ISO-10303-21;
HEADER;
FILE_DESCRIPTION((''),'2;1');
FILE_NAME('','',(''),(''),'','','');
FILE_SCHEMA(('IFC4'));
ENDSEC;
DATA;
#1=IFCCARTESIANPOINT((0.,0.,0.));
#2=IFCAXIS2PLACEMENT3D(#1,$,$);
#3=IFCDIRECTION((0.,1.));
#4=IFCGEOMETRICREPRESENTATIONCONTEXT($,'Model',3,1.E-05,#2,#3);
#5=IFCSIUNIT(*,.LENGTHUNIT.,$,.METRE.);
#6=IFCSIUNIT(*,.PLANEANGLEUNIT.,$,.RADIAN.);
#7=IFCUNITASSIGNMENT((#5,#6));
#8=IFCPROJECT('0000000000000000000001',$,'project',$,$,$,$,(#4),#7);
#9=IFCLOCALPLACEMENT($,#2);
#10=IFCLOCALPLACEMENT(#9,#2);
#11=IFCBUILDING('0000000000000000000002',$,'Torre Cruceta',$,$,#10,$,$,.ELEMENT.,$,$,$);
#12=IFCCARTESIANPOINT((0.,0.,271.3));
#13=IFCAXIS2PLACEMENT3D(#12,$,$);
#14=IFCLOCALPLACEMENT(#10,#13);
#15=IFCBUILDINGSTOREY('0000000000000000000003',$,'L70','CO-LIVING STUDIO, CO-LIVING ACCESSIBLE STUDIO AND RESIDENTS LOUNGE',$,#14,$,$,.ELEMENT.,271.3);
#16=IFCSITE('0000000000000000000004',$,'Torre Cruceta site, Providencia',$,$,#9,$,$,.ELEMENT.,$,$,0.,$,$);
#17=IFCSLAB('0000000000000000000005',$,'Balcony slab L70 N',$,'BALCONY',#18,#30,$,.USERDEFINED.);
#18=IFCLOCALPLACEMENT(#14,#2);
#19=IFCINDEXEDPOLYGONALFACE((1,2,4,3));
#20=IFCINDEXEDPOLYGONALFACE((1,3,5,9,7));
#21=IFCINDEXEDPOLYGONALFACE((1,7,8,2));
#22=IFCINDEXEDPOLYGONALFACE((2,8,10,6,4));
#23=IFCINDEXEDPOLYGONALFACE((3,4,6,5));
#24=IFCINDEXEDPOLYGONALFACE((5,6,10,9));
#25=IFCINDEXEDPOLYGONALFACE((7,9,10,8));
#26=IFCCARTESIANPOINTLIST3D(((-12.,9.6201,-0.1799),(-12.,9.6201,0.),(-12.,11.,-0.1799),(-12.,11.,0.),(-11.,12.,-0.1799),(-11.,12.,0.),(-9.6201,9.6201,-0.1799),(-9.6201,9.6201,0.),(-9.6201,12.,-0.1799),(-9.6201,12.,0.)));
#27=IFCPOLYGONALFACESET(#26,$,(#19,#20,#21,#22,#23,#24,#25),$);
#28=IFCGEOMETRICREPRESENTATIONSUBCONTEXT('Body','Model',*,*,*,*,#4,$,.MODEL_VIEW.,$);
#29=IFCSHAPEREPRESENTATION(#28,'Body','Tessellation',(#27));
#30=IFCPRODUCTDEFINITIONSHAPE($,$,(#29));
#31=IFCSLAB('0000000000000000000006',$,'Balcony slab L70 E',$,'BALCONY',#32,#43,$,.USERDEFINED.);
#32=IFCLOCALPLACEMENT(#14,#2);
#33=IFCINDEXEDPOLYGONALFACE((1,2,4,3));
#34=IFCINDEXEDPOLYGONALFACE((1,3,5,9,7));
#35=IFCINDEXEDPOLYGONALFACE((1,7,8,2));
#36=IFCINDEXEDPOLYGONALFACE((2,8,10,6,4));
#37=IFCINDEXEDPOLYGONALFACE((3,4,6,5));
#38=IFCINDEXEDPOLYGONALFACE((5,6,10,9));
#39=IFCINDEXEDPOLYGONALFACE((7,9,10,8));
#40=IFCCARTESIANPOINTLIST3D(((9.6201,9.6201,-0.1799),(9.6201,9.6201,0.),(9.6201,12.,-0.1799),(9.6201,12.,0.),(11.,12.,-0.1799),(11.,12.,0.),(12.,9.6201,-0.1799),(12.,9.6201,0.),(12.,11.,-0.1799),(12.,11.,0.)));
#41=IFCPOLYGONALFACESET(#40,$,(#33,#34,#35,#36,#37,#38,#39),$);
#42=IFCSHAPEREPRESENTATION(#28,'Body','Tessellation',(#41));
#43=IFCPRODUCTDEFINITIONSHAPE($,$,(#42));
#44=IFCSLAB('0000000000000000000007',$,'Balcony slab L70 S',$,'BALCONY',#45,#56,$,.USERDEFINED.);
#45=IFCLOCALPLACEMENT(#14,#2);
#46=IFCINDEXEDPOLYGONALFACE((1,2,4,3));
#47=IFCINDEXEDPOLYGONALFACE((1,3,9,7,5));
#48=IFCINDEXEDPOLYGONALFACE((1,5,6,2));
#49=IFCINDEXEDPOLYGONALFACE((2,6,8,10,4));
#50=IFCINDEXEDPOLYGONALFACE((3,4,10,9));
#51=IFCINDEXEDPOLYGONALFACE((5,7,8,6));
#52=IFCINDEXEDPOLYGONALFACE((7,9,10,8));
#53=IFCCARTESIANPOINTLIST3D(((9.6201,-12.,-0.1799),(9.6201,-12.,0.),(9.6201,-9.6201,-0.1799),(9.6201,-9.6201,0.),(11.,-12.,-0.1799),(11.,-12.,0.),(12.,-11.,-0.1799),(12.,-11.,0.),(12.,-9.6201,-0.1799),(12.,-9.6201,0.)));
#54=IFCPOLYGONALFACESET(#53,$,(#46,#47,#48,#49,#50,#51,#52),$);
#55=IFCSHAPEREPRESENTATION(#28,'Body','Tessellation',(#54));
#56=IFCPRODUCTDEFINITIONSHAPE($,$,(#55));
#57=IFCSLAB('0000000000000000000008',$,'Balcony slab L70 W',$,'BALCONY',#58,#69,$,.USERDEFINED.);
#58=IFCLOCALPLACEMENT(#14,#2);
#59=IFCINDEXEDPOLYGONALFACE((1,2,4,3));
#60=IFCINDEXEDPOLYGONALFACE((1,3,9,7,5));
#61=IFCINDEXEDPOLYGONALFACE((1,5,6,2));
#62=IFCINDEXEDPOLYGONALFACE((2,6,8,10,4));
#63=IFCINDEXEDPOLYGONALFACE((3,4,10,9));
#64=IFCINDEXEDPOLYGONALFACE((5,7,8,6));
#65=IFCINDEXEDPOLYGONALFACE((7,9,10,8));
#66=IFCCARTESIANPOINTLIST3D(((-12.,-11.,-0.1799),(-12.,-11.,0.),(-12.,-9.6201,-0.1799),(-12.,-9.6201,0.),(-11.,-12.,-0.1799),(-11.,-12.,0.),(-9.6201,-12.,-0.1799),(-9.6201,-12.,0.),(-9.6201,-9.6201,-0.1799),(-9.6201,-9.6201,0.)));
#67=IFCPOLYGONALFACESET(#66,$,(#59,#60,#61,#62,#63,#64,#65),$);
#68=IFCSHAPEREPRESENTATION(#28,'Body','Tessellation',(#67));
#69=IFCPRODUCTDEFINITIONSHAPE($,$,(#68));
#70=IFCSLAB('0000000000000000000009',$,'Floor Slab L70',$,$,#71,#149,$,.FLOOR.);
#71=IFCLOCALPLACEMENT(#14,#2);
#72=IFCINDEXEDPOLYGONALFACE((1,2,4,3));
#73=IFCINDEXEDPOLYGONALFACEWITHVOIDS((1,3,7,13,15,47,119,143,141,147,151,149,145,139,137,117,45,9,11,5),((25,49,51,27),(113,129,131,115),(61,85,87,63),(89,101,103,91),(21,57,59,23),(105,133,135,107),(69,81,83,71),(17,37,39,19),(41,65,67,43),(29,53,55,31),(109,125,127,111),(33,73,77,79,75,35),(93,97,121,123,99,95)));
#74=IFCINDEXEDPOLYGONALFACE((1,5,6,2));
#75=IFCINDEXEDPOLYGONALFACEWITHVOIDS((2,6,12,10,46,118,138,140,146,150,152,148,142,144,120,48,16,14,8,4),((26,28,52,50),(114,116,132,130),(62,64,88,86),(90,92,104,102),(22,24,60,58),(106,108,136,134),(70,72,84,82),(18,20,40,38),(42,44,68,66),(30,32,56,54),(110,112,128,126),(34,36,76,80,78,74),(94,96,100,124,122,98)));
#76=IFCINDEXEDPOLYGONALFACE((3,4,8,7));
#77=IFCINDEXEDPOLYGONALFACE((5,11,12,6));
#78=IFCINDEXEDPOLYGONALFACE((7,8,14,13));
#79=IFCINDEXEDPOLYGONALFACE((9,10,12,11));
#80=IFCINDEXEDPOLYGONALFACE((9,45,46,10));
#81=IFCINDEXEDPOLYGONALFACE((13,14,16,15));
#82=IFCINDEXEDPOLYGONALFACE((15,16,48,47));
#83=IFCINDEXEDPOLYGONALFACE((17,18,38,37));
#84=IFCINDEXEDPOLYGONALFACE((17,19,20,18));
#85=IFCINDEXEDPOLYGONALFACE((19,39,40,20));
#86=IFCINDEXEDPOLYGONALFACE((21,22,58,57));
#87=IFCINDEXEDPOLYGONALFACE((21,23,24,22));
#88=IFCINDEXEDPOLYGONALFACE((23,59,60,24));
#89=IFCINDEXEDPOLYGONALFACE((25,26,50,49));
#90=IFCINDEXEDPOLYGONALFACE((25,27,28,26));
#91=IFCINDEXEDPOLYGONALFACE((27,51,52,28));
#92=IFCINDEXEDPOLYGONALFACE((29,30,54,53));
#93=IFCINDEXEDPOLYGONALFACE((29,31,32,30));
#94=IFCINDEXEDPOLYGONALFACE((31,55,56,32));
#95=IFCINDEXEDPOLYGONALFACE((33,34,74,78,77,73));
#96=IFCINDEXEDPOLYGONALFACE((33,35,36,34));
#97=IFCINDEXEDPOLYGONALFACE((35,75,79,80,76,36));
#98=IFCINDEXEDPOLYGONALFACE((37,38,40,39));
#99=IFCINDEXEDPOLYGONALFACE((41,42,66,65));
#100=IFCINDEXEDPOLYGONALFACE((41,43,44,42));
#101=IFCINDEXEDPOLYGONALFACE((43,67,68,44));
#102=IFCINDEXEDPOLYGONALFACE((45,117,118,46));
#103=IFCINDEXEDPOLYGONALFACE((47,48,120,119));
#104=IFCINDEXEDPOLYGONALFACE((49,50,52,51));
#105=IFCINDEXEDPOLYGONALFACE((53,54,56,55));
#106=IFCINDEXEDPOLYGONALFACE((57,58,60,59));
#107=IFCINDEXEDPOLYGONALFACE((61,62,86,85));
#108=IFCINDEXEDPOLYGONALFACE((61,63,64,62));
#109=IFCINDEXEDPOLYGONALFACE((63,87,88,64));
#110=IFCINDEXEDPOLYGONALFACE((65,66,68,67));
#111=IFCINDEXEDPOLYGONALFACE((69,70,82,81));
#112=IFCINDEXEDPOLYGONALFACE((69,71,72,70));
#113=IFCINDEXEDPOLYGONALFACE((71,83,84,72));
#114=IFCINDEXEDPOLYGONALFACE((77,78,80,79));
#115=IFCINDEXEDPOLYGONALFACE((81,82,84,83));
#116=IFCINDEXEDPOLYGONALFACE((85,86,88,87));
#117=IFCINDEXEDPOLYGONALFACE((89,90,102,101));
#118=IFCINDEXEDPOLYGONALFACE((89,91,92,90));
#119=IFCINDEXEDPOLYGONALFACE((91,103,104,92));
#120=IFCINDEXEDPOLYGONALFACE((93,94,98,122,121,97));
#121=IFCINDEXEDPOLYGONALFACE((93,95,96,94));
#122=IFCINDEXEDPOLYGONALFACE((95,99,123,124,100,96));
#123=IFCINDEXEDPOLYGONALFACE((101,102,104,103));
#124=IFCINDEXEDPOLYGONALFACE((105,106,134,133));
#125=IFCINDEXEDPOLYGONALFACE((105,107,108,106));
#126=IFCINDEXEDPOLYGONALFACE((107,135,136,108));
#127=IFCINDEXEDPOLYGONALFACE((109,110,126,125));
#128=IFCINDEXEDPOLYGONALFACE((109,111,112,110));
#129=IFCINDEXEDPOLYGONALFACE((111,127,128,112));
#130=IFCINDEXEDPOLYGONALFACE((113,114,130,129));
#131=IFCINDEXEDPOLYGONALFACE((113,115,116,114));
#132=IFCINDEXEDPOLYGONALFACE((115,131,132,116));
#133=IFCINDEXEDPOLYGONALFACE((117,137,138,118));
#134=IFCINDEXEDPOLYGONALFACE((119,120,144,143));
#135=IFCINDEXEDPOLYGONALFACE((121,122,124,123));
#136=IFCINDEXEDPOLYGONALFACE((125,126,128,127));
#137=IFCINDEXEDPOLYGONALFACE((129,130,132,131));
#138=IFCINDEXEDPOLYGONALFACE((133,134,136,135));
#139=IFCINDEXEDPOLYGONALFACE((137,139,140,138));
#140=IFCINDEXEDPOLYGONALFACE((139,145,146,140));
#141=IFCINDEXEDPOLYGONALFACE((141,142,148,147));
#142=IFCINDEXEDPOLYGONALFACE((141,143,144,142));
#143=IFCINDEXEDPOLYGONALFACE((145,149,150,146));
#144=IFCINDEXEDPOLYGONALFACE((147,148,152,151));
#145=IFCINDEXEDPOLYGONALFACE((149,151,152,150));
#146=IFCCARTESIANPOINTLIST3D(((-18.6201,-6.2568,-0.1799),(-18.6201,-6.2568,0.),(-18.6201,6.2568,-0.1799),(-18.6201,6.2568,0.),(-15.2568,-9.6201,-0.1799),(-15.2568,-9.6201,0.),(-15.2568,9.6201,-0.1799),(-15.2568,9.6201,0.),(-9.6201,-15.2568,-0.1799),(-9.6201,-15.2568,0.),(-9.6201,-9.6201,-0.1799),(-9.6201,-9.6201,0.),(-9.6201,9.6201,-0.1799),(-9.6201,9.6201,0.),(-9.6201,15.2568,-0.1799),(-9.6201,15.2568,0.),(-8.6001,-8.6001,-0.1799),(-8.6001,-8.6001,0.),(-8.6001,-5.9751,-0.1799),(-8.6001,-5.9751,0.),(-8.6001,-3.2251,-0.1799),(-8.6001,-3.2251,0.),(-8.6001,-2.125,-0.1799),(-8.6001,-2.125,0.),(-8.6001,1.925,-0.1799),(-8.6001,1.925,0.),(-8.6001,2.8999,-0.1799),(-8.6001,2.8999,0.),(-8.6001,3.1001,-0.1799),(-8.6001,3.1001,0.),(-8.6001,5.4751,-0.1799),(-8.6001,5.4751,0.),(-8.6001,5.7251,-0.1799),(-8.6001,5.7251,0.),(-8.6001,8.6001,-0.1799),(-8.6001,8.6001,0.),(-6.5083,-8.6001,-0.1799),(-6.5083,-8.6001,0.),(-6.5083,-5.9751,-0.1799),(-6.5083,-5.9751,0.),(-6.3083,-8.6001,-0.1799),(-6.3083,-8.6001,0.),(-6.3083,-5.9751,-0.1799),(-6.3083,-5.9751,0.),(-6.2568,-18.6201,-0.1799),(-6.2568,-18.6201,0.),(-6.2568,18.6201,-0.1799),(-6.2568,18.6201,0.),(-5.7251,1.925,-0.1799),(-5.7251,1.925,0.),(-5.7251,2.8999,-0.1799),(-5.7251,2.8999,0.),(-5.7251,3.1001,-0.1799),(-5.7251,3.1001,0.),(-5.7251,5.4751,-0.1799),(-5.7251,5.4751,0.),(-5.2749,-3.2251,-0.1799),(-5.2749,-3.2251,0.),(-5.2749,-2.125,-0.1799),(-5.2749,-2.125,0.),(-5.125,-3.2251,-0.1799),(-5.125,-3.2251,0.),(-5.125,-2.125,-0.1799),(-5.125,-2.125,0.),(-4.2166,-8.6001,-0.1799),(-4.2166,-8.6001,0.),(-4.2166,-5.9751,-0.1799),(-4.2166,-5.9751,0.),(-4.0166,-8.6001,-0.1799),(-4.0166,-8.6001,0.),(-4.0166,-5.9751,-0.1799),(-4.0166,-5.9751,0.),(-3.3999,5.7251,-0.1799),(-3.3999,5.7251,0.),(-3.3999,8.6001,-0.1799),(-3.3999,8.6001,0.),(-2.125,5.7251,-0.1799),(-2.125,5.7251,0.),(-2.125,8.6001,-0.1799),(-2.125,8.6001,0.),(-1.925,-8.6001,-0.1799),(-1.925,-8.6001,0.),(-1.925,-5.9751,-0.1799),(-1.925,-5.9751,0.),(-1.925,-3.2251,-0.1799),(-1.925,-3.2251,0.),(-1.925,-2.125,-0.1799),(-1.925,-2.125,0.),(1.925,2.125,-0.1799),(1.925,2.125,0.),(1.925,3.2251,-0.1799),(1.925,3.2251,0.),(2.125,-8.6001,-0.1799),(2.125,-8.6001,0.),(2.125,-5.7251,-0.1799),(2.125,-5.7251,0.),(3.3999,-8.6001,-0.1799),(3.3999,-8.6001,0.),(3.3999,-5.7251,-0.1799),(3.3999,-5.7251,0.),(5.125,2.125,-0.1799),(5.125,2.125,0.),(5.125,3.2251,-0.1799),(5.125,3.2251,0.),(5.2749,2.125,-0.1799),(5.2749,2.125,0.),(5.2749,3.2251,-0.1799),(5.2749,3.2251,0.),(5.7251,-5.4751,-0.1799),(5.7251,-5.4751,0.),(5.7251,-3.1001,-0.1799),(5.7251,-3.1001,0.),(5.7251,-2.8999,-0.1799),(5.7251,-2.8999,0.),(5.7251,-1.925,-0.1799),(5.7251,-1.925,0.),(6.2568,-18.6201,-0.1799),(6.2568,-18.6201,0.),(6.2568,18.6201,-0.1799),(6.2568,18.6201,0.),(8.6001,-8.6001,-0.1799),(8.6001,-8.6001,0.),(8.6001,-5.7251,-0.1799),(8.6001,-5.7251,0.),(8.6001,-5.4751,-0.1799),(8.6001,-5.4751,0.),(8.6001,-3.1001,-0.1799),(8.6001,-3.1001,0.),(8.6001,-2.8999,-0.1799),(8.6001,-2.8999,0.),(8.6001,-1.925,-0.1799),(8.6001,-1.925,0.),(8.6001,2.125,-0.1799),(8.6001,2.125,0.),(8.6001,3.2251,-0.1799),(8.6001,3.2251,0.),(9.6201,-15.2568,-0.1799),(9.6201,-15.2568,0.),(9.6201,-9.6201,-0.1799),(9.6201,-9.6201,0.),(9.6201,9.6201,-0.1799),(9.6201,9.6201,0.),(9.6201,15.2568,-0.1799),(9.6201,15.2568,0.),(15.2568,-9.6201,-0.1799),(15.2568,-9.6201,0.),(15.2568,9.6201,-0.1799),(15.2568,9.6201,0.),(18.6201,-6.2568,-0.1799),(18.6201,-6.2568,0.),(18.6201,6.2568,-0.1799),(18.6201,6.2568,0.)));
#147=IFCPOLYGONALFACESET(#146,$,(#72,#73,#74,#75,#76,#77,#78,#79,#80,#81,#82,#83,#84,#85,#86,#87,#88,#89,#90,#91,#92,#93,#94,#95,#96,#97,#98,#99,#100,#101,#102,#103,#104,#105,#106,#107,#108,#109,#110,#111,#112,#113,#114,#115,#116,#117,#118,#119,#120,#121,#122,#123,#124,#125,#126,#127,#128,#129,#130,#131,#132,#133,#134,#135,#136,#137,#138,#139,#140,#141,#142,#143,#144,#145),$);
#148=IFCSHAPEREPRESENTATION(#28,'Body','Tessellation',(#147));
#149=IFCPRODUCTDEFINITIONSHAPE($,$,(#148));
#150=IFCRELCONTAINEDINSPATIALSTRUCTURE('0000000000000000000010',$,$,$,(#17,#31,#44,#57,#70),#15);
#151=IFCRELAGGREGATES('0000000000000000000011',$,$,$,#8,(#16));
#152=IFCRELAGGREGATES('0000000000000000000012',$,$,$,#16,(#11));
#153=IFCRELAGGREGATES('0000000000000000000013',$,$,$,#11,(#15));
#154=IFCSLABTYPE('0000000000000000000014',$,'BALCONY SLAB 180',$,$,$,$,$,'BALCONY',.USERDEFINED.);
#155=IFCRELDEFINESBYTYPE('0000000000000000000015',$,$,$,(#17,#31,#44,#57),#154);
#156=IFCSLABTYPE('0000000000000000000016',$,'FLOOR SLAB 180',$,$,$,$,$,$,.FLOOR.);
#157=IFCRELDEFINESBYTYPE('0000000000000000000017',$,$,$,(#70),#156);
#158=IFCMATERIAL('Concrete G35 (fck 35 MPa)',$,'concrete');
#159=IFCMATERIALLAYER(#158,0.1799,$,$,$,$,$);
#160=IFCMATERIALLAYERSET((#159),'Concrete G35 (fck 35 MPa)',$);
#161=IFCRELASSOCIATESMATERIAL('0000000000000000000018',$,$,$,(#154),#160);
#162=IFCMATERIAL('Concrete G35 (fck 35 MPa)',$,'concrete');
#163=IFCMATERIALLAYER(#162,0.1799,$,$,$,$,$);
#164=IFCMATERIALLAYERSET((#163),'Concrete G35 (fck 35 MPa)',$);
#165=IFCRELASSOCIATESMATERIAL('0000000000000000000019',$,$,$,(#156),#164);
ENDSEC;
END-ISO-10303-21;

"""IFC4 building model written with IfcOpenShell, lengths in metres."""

from ifc_helpers import new_model, si_unit, direction, frame, origin, place, context, subcontext, project, spatial, polyline, outline, extrude, material, layer, layer_set, type_object, element, save


model = new_model("IFC4")

# Units and contexts
model_context = context("Model", 3, precision=1e-05, world=origin(), true_north=direction((0.0, 1.0)))
body_context = subcontext(model_context, "Body", "Model", "MODEL_VIEW")
ifc_project = project(units=[si_unit("LENGTHUNIT", "METRE"), si_unit("PLANEANGLEUNIT", "RADIAN")], contexts=[model_context])

# Site, building, storey
site_placement = place(None, origin())
site = spatial("IfcSite", under=ifc_project, at=site_placement, Name="Torre Cruceta site, Providencia", CompositionType="ELEMENT", RefElevation=0.0)
building_placement = place(site_placement, origin())
building = spatial("IfcBuilding", under=site, at=building_placement, Name="Torre Cruceta", CompositionType="ELEMENT")
storey_placement = place(building_placement, frame((0.0, 0.0, 271.3)))
storey = spatial("IfcBuildingStorey", under=building, at=storey_placement, Name="L70", Description="CO-LIVING STUDIO, CO-LIVING ACCESSIBLE STUDIO AND RESIDENTS LOUNGE", CompositionType="ELEMENT", Elevation=271.3)

# Slabs
ifc_material_1 = material(Name="Concrete G35 (fck 35 MPa)", Category="concrete")
ifc_layer_1 = layer(ifc_material_1, 0.1799)
ifc_layer_set_1 = layer_set([ifc_layer_1], Name="Concrete G35 (fck 35 MPa)")
slab_type_1 = type_object("IfcSlabType", Name="BALCONY SLAB 180", ElementType="BALCONY", PredefinedType="USERDEFINED", material=ifc_layer_set_1)
slab_1_placement = place(storey_placement, frame((0.0, 0.0, -0.1799)))
element("IfcSlab", 1, at=slab_1_placement, inside=storey, type_object=slab_type_1, Name="Balcony slab L70 N", ObjectType="BALCONY", PredefinedType="USERDEFINED", context=body_context, shape_type="SweptSolid", body=[
    extrude(outline(polyline([(-12.0, 11.0), (-11.0, 12.0), (-9.6201, 12.0), (-9.6201, 9.6201), (-12.0, 9.6201), (-12.0, 11.0)])), origin(), (0.0, 0.0, 1.0), 0.1799),
])
slab_2_placement = place(storey_placement, frame((0.0, 0.0, -0.1799)))
element("IfcSlab", 2, at=slab_2_placement, inside=storey, type_object=slab_type_1, Name="Balcony slab L70 E", ObjectType="BALCONY", PredefinedType="USERDEFINED", context=body_context, shape_type="SweptSolid", body=[
    extrude(outline(polyline([(11.0, 12.0), (12.0, 11.0), (12.0, 9.6201), (9.6201, 9.6201), (9.6201, 12.0), (11.0, 12.0)])), origin(), (0.0, 0.0, 1.0), 0.1799),
])
slab_3_placement = place(storey_placement, frame((0.0, 0.0, -0.1799)))
element("IfcSlab", 3, at=slab_3_placement, inside=storey, type_object=slab_type_1, Name="Balcony slab L70 S", ObjectType="BALCONY", PredefinedType="USERDEFINED", context=body_context, shape_type="SweptSolid", body=[
    extrude(outline(polyline([(12.0, -11.0), (11.0, -12.0), (9.6201, -12.0), (9.6201, -9.6201), (12.0, -9.6201), (12.0, -11.0)])), origin(), (0.0, 0.0, 1.0), 0.1799),
])
slab_4_placement = place(storey_placement, frame((0.0, 0.0, -0.1799)))
element("IfcSlab", 4, at=slab_4_placement, inside=storey, type_object=slab_type_1, Name="Balcony slab L70 W", ObjectType="BALCONY", PredefinedType="USERDEFINED", context=body_context, shape_type="SweptSolid", body=[
    extrude(outline(polyline([(-11.0, -12.0), (-12.0, -11.0), (-12.0, -9.6201), (-9.6201, -9.6201), (-9.6201, -12.0), (-11.0, -12.0)])), origin(), (0.0, 0.0, 1.0), 0.1799),
])
ifc_material_2 = material(Name="Concrete G35 (fck 35 MPa)", Category="concrete")
ifc_layer_2 = layer(ifc_material_2, 0.1799)
ifc_layer_set_2 = layer_set([ifc_layer_2], Name="Concrete G35 (fck 35 MPa)")
slab_type_2 = type_object("IfcSlabType", Name="FLOOR SLAB 180", PredefinedType="FLOOR", material=ifc_layer_set_2)
slab_5_placement = place(storey_placement, frame((0.0, 0.0, -0.1799)))
element("IfcSlab", 5, at=slab_5_placement, inside=storey, type_object=slab_type_2, Name="Floor Slab L70", PredefinedType="FLOOR", context=body_context, shape_type="SweptSolid", body=[
    extrude(outline(polyline([(9.6201, -9.6201), (9.6201, -15.2568), (6.2568, -18.6201), (-6.2568, -18.6201), (-9.6201, -15.2568), (-9.6201, -9.6201), (-15.2568, -9.6201), (-18.6201, -6.2568), (-18.6201, 6.2568), (-15.2568, 9.6201), (-9.6201, 9.6201), (-9.6201, 15.2568), (-6.2568, 18.6201), (6.2568, 18.6201), (9.6201, 15.2568), (9.6201, 9.6201), (15.2568, 9.6201), (18.6201, 6.2568), (18.6201, -6.2568), (15.2568, -9.6201), (9.6201, -9.6201)]), holes=[polyline([(1.925, 2.125), (5.125, 2.125), (5.125, 3.2251), (1.925, 3.2251), (1.925, 2.125)]), polyline([(5.2749, 2.125), (8.6001, 2.125), (8.6001, 3.2251), (5.2749, 3.2251), (5.2749, 2.125)]), polyline([(-8.6001, 3.1001), (-5.7251, 3.1001), (-5.7251, 5.4751), (-8.6001, 5.4751), (-8.6001, 3.1001)]), polyline([(-8.6001, 1.925), (-5.7251, 1.925), (-5.7251, 2.8999), (-8.6001, 2.8999), (-8.6001, 1.925)]), polyline([(-4.0166, -8.6001), (-1.925, -8.6001), (-1.925, -5.9751), (-4.0166, -5.9751), (-4.0166, -8.6001)]), polyline([(-6.3083, -8.6001), (-4.2166, -8.6001), (-4.2166, -5.9751), (-6.3083, -5.9751), (-6.3083, -8.6001)]), polyline([(-8.6001, -8.6001), (-6.5083, -8.6001), (-6.5083, -5.9751), (-8.6001, -5.9751), (-8.6001, -8.6001)]), polyline([(-5.125, -3.2251), (-1.925, -3.2251), (-1.925, -2.125), (-5.125, -2.125), (-5.125, -3.2251)]), polyline([(-8.6001, -3.2251), (-5.2749, -3.2251), (-5.2749, -2.125), (-8.6001, -2.125), (-8.6001, -3.2251)]), polyline([(5.7251, -5.4751), (8.6001, -5.4751), (8.6001, -3.1001), (5.7251, -3.1001), (5.7251, -5.4751)]), polyline([(5.7251, -2.8999), (8.6001, -2.8999), (8.6001, -1.925), (5.7251, -1.925), (5.7251, -2.8999)]), polyline([(-8.6001, 5.7251), (-8.6001, 8.6001), (-3.3999, 8.6001), (-2.125, 8.6001), (-2.125, 5.7251), (-3.3999, 5.7251), (-8.6001, 5.7251)]), polyline([(2.125, -5.7251), (3.3999, -5.7251), (8.6001, -5.7251), (8.6001, -8.6001), (3.3999, -8.6001), (2.125, -8.6001), (2.125, -5.7251)])]), origin(), (0.0, 0.0, 1.0), 0.1799),
])

save(model, "model.ifc")
